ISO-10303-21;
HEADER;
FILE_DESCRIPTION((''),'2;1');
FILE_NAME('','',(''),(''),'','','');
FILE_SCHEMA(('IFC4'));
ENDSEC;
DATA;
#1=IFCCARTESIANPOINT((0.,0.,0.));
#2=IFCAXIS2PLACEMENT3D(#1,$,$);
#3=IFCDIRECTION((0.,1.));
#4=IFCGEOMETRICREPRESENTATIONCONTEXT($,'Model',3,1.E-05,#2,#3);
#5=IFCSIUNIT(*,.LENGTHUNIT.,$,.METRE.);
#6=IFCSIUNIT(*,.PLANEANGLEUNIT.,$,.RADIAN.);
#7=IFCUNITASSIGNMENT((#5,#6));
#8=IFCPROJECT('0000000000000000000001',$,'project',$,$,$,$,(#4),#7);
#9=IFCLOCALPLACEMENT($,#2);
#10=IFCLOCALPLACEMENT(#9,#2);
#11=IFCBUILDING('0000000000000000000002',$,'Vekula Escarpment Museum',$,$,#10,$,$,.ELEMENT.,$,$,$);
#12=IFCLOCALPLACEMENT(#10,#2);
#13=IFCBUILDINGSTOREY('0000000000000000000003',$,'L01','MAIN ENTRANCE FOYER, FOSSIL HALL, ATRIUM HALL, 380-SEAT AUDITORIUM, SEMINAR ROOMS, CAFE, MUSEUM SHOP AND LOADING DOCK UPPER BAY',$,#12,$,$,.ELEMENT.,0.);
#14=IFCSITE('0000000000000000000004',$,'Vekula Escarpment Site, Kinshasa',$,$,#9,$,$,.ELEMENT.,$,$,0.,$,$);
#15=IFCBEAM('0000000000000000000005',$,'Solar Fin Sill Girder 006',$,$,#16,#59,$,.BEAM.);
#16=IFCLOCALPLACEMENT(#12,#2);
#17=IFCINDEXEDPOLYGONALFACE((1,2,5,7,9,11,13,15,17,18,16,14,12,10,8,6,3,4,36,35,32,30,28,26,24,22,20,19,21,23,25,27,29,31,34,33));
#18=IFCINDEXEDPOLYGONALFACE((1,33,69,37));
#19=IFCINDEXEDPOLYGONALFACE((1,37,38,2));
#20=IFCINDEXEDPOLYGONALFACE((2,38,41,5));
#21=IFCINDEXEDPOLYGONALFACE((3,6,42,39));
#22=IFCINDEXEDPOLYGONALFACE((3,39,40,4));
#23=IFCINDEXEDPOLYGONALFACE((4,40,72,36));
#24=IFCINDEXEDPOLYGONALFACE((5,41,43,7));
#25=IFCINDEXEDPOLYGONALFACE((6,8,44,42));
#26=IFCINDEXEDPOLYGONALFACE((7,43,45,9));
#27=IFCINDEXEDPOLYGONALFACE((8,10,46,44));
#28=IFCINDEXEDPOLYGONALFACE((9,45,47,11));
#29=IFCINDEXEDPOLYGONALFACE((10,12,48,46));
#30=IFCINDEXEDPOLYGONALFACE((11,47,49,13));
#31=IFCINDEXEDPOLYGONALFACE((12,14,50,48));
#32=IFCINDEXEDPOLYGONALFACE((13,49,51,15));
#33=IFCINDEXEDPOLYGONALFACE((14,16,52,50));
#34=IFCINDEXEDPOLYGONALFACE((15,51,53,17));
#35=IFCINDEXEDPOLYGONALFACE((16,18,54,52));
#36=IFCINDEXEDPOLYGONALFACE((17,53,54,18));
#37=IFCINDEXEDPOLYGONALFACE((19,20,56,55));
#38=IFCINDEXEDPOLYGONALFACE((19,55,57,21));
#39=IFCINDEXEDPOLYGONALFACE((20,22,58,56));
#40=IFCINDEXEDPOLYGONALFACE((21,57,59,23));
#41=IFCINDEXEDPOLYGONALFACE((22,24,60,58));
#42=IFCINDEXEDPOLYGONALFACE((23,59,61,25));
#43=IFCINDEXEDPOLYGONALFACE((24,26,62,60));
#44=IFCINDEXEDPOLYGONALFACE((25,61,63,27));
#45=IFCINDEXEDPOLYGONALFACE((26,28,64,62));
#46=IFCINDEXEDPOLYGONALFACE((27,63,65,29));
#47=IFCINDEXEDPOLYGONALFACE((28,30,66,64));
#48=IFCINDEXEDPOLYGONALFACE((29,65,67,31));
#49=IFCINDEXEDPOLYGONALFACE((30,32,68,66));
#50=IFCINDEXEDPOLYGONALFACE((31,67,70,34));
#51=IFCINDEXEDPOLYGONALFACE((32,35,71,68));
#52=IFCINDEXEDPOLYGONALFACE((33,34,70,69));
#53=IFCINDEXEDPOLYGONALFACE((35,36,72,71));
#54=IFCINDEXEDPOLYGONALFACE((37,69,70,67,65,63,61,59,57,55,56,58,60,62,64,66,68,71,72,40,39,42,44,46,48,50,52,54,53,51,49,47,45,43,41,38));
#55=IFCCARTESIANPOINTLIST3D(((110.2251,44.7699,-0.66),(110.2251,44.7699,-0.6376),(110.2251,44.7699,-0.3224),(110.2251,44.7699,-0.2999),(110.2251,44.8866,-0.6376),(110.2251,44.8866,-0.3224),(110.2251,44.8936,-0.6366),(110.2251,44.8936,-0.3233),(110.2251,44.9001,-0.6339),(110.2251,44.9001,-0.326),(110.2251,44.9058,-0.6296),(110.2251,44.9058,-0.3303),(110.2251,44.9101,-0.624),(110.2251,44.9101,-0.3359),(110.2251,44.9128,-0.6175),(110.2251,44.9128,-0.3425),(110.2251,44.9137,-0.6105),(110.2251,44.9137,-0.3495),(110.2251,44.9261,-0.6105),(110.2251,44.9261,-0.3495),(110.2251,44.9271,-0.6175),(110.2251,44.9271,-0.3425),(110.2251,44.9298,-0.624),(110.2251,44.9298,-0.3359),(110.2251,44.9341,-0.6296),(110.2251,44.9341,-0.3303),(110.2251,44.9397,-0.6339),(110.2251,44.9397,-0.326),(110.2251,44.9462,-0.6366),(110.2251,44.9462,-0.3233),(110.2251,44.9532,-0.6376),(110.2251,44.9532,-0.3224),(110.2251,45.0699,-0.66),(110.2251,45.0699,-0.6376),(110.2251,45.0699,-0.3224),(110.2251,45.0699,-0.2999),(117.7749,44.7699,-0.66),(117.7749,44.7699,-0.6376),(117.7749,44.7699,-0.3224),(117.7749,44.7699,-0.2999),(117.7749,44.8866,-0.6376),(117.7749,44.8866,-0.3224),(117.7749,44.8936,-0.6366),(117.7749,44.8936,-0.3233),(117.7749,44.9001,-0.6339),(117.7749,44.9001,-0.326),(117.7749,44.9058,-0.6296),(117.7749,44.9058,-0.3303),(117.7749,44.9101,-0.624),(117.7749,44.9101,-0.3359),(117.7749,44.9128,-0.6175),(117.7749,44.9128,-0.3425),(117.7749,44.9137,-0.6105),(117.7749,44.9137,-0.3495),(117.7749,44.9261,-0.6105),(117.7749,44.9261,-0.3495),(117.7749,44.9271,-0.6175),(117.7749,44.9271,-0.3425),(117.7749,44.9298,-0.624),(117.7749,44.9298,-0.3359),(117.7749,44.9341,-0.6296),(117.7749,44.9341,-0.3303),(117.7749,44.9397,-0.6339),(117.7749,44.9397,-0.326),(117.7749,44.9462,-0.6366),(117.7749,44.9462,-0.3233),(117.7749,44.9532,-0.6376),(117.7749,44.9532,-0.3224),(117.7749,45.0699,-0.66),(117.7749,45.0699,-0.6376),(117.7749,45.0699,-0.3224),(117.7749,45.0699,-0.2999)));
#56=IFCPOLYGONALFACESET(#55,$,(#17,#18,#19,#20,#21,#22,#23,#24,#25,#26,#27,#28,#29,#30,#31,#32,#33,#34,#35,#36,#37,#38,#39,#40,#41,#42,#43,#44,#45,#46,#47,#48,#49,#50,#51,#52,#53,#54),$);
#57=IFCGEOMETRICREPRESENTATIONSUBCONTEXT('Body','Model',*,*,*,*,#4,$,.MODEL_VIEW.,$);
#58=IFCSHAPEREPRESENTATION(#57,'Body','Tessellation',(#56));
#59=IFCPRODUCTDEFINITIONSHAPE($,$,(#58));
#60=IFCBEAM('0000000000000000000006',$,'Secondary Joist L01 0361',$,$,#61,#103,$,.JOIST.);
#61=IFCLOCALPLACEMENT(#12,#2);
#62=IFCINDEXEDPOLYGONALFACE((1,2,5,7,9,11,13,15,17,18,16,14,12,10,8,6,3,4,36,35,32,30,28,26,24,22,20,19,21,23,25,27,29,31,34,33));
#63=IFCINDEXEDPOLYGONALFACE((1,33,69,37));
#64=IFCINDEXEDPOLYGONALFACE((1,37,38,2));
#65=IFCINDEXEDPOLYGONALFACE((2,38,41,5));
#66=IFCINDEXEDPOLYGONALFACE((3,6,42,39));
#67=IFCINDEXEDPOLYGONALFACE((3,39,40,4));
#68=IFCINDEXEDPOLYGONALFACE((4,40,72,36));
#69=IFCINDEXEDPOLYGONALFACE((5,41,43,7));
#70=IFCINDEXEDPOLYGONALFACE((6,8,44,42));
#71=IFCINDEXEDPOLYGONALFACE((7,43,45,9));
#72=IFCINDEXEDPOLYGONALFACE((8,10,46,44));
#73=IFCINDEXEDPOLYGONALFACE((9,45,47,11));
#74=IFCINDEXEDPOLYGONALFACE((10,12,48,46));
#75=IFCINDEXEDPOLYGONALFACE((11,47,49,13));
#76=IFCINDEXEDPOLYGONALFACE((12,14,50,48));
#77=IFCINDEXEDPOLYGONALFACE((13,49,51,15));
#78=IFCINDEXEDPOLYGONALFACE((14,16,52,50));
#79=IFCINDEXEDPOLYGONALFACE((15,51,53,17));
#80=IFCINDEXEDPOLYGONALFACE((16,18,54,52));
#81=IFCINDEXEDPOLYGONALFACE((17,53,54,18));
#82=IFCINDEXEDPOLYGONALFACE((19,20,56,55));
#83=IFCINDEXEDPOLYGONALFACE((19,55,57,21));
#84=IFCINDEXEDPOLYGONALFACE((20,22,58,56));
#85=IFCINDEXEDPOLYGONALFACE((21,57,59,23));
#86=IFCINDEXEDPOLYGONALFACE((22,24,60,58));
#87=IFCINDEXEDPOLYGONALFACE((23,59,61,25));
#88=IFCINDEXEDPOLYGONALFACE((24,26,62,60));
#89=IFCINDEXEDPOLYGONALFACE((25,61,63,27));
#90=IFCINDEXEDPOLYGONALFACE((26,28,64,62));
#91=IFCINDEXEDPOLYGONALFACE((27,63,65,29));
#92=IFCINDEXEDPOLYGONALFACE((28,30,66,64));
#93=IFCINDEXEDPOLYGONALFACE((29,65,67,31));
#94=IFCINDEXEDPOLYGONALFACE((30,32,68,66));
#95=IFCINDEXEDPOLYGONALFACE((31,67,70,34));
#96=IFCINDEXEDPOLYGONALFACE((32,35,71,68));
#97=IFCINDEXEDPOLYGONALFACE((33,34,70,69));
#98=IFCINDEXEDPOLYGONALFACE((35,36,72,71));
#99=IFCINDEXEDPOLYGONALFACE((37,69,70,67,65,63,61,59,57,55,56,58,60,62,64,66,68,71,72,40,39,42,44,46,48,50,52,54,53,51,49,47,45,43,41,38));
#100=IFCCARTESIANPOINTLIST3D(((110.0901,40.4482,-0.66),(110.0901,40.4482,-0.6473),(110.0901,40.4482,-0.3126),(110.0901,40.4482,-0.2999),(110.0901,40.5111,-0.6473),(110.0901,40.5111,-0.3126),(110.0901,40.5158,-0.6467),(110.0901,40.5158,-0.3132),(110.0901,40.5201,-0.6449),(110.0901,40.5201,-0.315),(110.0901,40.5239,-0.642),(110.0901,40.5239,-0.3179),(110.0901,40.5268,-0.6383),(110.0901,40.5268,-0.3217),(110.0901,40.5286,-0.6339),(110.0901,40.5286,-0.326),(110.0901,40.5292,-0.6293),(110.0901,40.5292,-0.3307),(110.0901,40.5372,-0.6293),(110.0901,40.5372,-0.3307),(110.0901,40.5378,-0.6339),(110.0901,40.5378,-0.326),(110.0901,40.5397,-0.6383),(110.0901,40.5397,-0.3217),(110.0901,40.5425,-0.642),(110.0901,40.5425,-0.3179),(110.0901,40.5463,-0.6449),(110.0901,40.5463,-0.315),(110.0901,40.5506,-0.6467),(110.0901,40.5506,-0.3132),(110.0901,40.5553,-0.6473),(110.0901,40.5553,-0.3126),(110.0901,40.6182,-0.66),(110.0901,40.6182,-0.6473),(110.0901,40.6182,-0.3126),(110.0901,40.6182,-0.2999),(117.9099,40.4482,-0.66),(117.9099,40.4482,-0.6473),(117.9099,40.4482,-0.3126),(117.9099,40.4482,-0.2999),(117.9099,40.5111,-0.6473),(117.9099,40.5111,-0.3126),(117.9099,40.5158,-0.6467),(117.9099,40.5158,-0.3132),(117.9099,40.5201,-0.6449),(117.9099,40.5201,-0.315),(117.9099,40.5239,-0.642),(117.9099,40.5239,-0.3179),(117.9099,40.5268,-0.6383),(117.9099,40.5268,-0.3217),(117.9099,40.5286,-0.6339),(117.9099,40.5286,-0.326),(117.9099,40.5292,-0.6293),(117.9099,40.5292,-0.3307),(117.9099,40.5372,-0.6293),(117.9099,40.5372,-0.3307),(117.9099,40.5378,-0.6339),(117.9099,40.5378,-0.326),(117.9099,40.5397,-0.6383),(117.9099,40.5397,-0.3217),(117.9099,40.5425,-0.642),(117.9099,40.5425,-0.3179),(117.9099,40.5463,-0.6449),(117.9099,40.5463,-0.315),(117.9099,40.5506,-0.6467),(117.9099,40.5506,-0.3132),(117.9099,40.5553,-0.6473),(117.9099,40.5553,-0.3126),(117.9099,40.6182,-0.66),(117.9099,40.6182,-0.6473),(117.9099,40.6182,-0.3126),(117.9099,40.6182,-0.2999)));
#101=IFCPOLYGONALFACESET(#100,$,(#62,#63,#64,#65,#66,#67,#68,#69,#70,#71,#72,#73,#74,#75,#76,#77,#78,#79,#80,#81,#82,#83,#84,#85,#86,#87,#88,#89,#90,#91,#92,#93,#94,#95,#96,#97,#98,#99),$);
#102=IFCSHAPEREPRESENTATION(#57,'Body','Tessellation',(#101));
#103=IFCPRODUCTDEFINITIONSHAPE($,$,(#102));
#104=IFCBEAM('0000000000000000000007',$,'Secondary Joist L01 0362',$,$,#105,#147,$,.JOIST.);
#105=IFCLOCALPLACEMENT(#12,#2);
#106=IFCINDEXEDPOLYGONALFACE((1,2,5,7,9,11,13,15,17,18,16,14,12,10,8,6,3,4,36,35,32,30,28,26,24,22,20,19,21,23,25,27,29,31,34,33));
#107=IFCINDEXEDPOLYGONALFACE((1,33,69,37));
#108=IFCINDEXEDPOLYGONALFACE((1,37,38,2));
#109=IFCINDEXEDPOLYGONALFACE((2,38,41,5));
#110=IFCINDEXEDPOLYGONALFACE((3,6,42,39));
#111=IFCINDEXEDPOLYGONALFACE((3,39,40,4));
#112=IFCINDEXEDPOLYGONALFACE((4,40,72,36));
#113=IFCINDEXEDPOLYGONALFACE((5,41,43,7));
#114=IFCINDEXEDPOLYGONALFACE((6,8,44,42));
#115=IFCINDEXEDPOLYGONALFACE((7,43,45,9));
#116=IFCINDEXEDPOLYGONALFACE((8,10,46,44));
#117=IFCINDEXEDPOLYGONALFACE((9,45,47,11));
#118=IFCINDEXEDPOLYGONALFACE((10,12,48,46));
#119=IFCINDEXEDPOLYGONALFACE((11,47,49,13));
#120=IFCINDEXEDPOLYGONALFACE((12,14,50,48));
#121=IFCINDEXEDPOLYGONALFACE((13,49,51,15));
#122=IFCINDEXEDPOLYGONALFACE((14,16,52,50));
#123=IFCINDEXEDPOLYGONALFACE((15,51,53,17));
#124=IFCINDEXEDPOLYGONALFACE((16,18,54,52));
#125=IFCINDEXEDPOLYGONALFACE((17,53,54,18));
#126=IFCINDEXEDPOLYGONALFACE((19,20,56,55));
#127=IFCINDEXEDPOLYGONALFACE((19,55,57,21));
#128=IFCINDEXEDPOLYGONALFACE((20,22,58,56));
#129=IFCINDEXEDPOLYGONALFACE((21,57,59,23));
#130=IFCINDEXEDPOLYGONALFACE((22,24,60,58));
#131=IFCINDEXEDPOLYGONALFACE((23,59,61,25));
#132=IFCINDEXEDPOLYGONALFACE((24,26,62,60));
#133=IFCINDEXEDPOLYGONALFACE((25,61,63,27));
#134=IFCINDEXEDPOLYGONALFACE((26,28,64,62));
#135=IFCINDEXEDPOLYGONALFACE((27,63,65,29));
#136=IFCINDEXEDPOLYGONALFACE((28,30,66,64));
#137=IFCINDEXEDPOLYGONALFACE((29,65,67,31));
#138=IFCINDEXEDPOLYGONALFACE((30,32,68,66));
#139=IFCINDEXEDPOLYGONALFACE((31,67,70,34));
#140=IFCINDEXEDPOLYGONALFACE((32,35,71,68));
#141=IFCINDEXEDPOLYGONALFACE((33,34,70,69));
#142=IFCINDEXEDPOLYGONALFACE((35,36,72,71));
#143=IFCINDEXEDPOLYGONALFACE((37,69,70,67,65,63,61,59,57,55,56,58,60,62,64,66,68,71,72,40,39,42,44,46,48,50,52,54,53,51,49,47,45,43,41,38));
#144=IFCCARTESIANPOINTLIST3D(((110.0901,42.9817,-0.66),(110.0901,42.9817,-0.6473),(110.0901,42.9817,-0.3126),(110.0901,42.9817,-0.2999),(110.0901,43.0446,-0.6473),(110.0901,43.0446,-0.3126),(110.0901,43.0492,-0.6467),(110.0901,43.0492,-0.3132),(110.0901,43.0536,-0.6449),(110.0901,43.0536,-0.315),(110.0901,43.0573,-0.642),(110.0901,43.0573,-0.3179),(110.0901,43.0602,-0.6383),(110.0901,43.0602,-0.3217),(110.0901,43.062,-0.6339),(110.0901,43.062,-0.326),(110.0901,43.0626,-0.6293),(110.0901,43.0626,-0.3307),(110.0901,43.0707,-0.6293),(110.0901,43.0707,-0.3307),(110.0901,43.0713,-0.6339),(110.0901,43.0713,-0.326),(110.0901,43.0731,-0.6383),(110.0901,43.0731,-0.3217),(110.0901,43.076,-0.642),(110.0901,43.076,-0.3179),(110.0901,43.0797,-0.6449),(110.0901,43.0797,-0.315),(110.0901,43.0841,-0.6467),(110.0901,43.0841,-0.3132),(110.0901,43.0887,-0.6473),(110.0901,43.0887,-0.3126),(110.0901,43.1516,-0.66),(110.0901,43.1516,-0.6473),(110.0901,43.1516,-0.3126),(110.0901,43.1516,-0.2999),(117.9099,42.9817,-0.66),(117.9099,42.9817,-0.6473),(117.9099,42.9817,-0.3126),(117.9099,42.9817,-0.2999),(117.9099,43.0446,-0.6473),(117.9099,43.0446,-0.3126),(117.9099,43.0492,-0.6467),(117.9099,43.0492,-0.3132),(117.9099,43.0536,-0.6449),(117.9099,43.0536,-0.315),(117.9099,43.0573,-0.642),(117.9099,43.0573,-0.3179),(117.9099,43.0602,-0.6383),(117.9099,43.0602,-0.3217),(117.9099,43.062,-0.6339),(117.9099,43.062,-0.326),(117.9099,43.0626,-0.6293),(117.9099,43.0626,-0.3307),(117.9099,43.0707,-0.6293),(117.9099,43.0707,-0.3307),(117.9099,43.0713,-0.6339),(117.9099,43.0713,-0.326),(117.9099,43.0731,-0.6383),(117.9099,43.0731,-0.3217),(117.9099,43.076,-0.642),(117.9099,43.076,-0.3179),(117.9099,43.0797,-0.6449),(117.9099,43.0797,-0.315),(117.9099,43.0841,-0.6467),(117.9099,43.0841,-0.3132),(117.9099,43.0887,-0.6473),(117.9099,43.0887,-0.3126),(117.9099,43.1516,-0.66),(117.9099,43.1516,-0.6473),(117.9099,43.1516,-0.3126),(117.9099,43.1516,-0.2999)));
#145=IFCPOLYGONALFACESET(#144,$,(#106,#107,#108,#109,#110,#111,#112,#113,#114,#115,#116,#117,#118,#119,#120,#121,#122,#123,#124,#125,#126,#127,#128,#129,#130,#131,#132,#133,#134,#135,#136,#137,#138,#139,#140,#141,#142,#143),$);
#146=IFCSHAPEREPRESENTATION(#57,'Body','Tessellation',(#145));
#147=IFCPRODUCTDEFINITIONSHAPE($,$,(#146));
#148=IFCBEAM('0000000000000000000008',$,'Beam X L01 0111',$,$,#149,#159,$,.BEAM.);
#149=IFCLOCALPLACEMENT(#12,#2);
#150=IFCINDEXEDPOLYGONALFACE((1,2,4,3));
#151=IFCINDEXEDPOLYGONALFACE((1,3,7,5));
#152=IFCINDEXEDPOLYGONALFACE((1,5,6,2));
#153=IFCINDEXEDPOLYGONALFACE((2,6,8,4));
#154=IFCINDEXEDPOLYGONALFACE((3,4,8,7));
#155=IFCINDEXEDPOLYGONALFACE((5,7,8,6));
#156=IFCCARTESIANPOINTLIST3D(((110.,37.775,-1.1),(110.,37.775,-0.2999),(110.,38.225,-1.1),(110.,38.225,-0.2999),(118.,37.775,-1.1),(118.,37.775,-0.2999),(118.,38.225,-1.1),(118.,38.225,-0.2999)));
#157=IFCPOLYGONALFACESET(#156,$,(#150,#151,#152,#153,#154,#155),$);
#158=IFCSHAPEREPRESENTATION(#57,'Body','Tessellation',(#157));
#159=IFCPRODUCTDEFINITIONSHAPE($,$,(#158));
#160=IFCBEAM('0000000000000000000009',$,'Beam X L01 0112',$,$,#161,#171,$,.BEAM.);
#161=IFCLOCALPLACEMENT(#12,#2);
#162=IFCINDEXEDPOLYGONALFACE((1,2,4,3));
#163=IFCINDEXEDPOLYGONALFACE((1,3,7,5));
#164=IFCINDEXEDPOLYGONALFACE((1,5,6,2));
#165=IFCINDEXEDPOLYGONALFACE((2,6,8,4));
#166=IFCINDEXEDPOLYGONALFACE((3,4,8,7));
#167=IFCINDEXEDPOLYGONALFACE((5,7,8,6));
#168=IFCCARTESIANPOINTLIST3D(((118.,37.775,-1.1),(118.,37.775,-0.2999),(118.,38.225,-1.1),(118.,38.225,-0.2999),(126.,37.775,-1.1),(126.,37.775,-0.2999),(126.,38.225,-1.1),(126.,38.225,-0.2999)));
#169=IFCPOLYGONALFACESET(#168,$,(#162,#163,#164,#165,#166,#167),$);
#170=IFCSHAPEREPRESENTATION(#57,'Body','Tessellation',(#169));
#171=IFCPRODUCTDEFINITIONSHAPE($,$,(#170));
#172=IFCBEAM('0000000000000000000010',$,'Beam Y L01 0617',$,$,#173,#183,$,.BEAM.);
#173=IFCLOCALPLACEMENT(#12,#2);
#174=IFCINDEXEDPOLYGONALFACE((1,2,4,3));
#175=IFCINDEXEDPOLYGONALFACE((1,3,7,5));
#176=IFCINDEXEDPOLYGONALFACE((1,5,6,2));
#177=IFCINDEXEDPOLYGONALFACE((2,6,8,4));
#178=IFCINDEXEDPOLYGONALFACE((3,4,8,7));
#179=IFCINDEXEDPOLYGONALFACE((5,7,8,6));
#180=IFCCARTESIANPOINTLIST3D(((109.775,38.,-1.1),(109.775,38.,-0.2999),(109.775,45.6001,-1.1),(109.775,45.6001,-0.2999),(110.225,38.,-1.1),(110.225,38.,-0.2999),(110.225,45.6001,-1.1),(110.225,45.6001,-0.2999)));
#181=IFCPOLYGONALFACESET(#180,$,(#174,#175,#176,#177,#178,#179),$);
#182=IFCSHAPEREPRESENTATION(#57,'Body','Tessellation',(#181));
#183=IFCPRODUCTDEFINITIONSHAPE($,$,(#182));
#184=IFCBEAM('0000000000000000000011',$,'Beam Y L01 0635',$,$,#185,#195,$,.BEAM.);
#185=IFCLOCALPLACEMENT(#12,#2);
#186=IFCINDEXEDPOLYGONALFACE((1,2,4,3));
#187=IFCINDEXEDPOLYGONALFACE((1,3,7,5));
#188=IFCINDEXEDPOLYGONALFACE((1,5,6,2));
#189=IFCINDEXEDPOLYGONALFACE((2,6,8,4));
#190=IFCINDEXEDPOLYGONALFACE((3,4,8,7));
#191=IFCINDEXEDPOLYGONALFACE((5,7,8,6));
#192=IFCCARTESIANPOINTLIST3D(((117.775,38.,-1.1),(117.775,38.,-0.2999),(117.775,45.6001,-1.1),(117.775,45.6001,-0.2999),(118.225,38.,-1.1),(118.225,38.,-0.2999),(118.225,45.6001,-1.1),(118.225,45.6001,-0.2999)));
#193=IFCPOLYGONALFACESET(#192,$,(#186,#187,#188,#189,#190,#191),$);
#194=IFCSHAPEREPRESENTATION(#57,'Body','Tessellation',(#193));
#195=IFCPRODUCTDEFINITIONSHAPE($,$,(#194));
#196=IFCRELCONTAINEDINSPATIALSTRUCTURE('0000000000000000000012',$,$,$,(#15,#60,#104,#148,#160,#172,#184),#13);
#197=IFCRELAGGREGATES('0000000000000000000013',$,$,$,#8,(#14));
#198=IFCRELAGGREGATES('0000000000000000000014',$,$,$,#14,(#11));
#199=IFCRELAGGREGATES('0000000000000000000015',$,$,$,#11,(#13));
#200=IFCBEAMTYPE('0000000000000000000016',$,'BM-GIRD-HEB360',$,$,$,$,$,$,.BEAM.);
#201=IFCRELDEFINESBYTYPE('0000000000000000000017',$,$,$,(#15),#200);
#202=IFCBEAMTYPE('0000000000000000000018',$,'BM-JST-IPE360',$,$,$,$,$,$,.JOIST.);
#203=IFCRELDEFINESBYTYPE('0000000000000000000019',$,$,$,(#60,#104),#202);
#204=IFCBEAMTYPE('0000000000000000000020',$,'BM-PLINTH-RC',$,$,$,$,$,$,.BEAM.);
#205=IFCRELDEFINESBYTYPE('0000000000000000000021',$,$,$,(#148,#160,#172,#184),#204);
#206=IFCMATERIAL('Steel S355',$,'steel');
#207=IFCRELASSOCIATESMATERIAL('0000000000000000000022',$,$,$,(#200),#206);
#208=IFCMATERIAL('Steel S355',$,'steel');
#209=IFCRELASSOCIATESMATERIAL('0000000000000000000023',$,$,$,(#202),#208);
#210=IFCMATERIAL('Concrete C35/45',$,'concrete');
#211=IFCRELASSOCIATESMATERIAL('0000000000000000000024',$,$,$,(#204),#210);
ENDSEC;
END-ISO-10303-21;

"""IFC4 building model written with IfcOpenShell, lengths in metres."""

from ifc_helpers import new_model, si_unit, direction, frame, origin, origin_2d, place, context, subcontext, project, spatial, rectangle, i_section, extrude, material, material_profile, profile_set, type_object, element, save


model = new_model("IFC4")

# Units and contexts
model_context = context("Model", 3, precision=1e-05, world=origin(), true_north=direction((0.0, 1.0)))
body_context = subcontext(model_context, "Body", "Model", "MODEL_VIEW")
ifc_project = project(units=[si_unit("LENGTHUNIT", "METRE"), si_unit("PLANEANGLEUNIT", "RADIAN")], contexts=[model_context])

# Site, building, storey
site_placement = place(None, origin())
site = spatial("IfcSite", under=ifc_project, at=site_placement, Name="Vekula Escarpment Site, Kinshasa", CompositionType="ELEMENT", RefElevation=0.0)
building_placement = place(site_placement, origin())
building = spatial("IfcBuilding", under=site, at=building_placement, Name="Vekula Escarpment Museum", CompositionType="ELEMENT")
storey_placement = place(building_placement, origin())
storey = spatial("IfcBuildingStorey", under=building, at=storey_placement, Name="L01", Description="MAIN ENTRANCE FOYER, FOSSIL HALL, ATRIUM HALL, 380-SEAT AUDITORIUM, SEMINAR ROOMS, CAFE, MUSEUM SHOP AND LOADING DOCK UPPER BAY", CompositionType="ELEMENT", Elevation=0.0)

# Beams
ifc_material_1 = material(Name="Steel S355", Category="steel")
ifc_material_profile_1 = material_profile(ifc_material_1, i_section(OverallWidth=0.3, OverallDepth=0.3601, WebThickness=0.0125, FlangeThickness=0.0225, FilletRadius=0.0271, at=origin_2d()), Name="HEB 360")
ifc_profile_set_1 = profile_set([ifc_material_profile_1], Name="Steel S355")
beam_type_1 = type_object("IfcBeamType", Name="BM-GIRD-HEB360", PredefinedType="BEAM", material=ifc_profile_set_1)
beam_placement = place(storey_placement, frame((110.2251, 44.9199, -0.48), z_axis=(1.0, 0.0, 0.0), x_axis=(0.0, 1.0, 0.0)))
element("IfcBeam", 1, at=beam_placement, inside=storey, type_object=beam_type_1, Name="Solar Fin Sill Girder 006", PredefinedType="BEAM", context=body_context, shape_type="SweptSolid", body=[
    extrude(i_section(OverallWidth=0.3, OverallDepth=0.3601, WebThickness=0.0125, FlangeThickness=0.0225, FilletRadius=0.0271, at=origin_2d()), origin(), (0.0, 0.0, 1.0), 7.5498),
])
ifc_material_2 = material(Name="Steel S355", Category="steel")
ifc_material_profile_2 = material_profile(ifc_material_2, i_section(OverallWidth=0.1699, OverallDepth=0.3601, WebThickness=0.0081, FlangeThickness=0.0127, FilletRadius=0.0181, at=origin_2d()), Name="IPE 360")
ifc_profile_set_2 = profile_set([ifc_material_profile_2], Name="Steel S355")
beam_type_2 = type_object("IfcBeamType", Name="BM-JST-IPE360", PredefinedType="JOIST", material=ifc_profile_set_2)
for number, where, z_axis, x_axis, name in (
    (2, (110.0901, 40.5332, -0.48), (1.0, 0.0, 0.0), (0.0, 1.0, 0.0), "Secondary Joist L01 0361"),
    (3, (110.0901, 43.0667, -0.48), (1.0, 0.0, 0.0), (0.0, 1.0, 0.0), "Secondary Joist L01 0362"),
):
    element("IfcBeam", number, at=place(storey_placement, frame(where, z_axis=z_axis, x_axis=x_axis)), inside=storey, type_object=beam_type_2, Name=name, PredefinedType="JOIST", context=body_context, shape_type="SweptSolid", body=[
        extrude(i_section(OverallWidth=0.1699, OverallDepth=0.3601, WebThickness=0.0081, FlangeThickness=0.0127, FilletRadius=0.0181, at=origin_2d()), origin(), (0.0, 0.0, 1.0), 7.8198),
    ])
ifc_material_3 = material(Name="Concrete C35/45", Category="concrete")
ifc_material_profile_3 = material_profile(ifc_material_3, rectangle(XDim=0.45, YDim=0.8, at=origin_2d()), Name="RC 450x800")
ifc_profile_set_3 = profile_set([ifc_material_profile_3], Name="Concrete C35/45")
beam_type_3 = type_object("IfcBeamType", Name="BM-PLINTH-RC", PredefinedType="BEAM", material=ifc_profile_set_3)
for number, where, z_axis, x_axis, name in (
    (4, (110.0, 38.0, -0.7), (1.0, 0.0, 0.0), (0.0, 1.0, 0.0), "Beam X L01 0111"),
    (5, (118.0, 38.0, -0.7), (1.0, 0.0, 0.0), (0.0, 1.0, 0.0), "Beam X L01 0112"),
):
    element("IfcBeam", number, at=place(storey_placement, frame(where, z_axis=z_axis, x_axis=x_axis)), inside=storey, type_object=beam_type_3, Name=name, PredefinedType="BEAM", context=body_context, shape_type="SweptSolid", body=[
        extrude(rectangle(XDim=0.45, YDim=0.8, at=origin_2d()), origin(), (0.0, 0.0, 1.0), 8.0),
    ])
for number, where, z_axis, x_axis, name in (
    (6, (110.0, 38.0, -0.7), (0.0, 1.0, 0.0), (-1.0, 0.0, 0.0), "Beam Y L01 0617"),
    (7, (118.0, 38.0, -0.7), (0.0, 1.0, 0.0), (-1.0, 0.0, 0.0), "Beam Y L01 0635"),
):
    element("IfcBeam", number, at=place(storey_placement, frame(where, z_axis=z_axis, x_axis=x_axis)), inside=storey, type_object=beam_type_3, Name=name, PredefinedType="BEAM", context=body_context, shape_type="SweptSolid", body=[
        extrude(rectangle(XDim=0.45, YDim=0.8, at=origin_2d()), origin(), (0.0, 0.0, 1.0), 7.6001),
    ])

save(model, "model.ifc")
